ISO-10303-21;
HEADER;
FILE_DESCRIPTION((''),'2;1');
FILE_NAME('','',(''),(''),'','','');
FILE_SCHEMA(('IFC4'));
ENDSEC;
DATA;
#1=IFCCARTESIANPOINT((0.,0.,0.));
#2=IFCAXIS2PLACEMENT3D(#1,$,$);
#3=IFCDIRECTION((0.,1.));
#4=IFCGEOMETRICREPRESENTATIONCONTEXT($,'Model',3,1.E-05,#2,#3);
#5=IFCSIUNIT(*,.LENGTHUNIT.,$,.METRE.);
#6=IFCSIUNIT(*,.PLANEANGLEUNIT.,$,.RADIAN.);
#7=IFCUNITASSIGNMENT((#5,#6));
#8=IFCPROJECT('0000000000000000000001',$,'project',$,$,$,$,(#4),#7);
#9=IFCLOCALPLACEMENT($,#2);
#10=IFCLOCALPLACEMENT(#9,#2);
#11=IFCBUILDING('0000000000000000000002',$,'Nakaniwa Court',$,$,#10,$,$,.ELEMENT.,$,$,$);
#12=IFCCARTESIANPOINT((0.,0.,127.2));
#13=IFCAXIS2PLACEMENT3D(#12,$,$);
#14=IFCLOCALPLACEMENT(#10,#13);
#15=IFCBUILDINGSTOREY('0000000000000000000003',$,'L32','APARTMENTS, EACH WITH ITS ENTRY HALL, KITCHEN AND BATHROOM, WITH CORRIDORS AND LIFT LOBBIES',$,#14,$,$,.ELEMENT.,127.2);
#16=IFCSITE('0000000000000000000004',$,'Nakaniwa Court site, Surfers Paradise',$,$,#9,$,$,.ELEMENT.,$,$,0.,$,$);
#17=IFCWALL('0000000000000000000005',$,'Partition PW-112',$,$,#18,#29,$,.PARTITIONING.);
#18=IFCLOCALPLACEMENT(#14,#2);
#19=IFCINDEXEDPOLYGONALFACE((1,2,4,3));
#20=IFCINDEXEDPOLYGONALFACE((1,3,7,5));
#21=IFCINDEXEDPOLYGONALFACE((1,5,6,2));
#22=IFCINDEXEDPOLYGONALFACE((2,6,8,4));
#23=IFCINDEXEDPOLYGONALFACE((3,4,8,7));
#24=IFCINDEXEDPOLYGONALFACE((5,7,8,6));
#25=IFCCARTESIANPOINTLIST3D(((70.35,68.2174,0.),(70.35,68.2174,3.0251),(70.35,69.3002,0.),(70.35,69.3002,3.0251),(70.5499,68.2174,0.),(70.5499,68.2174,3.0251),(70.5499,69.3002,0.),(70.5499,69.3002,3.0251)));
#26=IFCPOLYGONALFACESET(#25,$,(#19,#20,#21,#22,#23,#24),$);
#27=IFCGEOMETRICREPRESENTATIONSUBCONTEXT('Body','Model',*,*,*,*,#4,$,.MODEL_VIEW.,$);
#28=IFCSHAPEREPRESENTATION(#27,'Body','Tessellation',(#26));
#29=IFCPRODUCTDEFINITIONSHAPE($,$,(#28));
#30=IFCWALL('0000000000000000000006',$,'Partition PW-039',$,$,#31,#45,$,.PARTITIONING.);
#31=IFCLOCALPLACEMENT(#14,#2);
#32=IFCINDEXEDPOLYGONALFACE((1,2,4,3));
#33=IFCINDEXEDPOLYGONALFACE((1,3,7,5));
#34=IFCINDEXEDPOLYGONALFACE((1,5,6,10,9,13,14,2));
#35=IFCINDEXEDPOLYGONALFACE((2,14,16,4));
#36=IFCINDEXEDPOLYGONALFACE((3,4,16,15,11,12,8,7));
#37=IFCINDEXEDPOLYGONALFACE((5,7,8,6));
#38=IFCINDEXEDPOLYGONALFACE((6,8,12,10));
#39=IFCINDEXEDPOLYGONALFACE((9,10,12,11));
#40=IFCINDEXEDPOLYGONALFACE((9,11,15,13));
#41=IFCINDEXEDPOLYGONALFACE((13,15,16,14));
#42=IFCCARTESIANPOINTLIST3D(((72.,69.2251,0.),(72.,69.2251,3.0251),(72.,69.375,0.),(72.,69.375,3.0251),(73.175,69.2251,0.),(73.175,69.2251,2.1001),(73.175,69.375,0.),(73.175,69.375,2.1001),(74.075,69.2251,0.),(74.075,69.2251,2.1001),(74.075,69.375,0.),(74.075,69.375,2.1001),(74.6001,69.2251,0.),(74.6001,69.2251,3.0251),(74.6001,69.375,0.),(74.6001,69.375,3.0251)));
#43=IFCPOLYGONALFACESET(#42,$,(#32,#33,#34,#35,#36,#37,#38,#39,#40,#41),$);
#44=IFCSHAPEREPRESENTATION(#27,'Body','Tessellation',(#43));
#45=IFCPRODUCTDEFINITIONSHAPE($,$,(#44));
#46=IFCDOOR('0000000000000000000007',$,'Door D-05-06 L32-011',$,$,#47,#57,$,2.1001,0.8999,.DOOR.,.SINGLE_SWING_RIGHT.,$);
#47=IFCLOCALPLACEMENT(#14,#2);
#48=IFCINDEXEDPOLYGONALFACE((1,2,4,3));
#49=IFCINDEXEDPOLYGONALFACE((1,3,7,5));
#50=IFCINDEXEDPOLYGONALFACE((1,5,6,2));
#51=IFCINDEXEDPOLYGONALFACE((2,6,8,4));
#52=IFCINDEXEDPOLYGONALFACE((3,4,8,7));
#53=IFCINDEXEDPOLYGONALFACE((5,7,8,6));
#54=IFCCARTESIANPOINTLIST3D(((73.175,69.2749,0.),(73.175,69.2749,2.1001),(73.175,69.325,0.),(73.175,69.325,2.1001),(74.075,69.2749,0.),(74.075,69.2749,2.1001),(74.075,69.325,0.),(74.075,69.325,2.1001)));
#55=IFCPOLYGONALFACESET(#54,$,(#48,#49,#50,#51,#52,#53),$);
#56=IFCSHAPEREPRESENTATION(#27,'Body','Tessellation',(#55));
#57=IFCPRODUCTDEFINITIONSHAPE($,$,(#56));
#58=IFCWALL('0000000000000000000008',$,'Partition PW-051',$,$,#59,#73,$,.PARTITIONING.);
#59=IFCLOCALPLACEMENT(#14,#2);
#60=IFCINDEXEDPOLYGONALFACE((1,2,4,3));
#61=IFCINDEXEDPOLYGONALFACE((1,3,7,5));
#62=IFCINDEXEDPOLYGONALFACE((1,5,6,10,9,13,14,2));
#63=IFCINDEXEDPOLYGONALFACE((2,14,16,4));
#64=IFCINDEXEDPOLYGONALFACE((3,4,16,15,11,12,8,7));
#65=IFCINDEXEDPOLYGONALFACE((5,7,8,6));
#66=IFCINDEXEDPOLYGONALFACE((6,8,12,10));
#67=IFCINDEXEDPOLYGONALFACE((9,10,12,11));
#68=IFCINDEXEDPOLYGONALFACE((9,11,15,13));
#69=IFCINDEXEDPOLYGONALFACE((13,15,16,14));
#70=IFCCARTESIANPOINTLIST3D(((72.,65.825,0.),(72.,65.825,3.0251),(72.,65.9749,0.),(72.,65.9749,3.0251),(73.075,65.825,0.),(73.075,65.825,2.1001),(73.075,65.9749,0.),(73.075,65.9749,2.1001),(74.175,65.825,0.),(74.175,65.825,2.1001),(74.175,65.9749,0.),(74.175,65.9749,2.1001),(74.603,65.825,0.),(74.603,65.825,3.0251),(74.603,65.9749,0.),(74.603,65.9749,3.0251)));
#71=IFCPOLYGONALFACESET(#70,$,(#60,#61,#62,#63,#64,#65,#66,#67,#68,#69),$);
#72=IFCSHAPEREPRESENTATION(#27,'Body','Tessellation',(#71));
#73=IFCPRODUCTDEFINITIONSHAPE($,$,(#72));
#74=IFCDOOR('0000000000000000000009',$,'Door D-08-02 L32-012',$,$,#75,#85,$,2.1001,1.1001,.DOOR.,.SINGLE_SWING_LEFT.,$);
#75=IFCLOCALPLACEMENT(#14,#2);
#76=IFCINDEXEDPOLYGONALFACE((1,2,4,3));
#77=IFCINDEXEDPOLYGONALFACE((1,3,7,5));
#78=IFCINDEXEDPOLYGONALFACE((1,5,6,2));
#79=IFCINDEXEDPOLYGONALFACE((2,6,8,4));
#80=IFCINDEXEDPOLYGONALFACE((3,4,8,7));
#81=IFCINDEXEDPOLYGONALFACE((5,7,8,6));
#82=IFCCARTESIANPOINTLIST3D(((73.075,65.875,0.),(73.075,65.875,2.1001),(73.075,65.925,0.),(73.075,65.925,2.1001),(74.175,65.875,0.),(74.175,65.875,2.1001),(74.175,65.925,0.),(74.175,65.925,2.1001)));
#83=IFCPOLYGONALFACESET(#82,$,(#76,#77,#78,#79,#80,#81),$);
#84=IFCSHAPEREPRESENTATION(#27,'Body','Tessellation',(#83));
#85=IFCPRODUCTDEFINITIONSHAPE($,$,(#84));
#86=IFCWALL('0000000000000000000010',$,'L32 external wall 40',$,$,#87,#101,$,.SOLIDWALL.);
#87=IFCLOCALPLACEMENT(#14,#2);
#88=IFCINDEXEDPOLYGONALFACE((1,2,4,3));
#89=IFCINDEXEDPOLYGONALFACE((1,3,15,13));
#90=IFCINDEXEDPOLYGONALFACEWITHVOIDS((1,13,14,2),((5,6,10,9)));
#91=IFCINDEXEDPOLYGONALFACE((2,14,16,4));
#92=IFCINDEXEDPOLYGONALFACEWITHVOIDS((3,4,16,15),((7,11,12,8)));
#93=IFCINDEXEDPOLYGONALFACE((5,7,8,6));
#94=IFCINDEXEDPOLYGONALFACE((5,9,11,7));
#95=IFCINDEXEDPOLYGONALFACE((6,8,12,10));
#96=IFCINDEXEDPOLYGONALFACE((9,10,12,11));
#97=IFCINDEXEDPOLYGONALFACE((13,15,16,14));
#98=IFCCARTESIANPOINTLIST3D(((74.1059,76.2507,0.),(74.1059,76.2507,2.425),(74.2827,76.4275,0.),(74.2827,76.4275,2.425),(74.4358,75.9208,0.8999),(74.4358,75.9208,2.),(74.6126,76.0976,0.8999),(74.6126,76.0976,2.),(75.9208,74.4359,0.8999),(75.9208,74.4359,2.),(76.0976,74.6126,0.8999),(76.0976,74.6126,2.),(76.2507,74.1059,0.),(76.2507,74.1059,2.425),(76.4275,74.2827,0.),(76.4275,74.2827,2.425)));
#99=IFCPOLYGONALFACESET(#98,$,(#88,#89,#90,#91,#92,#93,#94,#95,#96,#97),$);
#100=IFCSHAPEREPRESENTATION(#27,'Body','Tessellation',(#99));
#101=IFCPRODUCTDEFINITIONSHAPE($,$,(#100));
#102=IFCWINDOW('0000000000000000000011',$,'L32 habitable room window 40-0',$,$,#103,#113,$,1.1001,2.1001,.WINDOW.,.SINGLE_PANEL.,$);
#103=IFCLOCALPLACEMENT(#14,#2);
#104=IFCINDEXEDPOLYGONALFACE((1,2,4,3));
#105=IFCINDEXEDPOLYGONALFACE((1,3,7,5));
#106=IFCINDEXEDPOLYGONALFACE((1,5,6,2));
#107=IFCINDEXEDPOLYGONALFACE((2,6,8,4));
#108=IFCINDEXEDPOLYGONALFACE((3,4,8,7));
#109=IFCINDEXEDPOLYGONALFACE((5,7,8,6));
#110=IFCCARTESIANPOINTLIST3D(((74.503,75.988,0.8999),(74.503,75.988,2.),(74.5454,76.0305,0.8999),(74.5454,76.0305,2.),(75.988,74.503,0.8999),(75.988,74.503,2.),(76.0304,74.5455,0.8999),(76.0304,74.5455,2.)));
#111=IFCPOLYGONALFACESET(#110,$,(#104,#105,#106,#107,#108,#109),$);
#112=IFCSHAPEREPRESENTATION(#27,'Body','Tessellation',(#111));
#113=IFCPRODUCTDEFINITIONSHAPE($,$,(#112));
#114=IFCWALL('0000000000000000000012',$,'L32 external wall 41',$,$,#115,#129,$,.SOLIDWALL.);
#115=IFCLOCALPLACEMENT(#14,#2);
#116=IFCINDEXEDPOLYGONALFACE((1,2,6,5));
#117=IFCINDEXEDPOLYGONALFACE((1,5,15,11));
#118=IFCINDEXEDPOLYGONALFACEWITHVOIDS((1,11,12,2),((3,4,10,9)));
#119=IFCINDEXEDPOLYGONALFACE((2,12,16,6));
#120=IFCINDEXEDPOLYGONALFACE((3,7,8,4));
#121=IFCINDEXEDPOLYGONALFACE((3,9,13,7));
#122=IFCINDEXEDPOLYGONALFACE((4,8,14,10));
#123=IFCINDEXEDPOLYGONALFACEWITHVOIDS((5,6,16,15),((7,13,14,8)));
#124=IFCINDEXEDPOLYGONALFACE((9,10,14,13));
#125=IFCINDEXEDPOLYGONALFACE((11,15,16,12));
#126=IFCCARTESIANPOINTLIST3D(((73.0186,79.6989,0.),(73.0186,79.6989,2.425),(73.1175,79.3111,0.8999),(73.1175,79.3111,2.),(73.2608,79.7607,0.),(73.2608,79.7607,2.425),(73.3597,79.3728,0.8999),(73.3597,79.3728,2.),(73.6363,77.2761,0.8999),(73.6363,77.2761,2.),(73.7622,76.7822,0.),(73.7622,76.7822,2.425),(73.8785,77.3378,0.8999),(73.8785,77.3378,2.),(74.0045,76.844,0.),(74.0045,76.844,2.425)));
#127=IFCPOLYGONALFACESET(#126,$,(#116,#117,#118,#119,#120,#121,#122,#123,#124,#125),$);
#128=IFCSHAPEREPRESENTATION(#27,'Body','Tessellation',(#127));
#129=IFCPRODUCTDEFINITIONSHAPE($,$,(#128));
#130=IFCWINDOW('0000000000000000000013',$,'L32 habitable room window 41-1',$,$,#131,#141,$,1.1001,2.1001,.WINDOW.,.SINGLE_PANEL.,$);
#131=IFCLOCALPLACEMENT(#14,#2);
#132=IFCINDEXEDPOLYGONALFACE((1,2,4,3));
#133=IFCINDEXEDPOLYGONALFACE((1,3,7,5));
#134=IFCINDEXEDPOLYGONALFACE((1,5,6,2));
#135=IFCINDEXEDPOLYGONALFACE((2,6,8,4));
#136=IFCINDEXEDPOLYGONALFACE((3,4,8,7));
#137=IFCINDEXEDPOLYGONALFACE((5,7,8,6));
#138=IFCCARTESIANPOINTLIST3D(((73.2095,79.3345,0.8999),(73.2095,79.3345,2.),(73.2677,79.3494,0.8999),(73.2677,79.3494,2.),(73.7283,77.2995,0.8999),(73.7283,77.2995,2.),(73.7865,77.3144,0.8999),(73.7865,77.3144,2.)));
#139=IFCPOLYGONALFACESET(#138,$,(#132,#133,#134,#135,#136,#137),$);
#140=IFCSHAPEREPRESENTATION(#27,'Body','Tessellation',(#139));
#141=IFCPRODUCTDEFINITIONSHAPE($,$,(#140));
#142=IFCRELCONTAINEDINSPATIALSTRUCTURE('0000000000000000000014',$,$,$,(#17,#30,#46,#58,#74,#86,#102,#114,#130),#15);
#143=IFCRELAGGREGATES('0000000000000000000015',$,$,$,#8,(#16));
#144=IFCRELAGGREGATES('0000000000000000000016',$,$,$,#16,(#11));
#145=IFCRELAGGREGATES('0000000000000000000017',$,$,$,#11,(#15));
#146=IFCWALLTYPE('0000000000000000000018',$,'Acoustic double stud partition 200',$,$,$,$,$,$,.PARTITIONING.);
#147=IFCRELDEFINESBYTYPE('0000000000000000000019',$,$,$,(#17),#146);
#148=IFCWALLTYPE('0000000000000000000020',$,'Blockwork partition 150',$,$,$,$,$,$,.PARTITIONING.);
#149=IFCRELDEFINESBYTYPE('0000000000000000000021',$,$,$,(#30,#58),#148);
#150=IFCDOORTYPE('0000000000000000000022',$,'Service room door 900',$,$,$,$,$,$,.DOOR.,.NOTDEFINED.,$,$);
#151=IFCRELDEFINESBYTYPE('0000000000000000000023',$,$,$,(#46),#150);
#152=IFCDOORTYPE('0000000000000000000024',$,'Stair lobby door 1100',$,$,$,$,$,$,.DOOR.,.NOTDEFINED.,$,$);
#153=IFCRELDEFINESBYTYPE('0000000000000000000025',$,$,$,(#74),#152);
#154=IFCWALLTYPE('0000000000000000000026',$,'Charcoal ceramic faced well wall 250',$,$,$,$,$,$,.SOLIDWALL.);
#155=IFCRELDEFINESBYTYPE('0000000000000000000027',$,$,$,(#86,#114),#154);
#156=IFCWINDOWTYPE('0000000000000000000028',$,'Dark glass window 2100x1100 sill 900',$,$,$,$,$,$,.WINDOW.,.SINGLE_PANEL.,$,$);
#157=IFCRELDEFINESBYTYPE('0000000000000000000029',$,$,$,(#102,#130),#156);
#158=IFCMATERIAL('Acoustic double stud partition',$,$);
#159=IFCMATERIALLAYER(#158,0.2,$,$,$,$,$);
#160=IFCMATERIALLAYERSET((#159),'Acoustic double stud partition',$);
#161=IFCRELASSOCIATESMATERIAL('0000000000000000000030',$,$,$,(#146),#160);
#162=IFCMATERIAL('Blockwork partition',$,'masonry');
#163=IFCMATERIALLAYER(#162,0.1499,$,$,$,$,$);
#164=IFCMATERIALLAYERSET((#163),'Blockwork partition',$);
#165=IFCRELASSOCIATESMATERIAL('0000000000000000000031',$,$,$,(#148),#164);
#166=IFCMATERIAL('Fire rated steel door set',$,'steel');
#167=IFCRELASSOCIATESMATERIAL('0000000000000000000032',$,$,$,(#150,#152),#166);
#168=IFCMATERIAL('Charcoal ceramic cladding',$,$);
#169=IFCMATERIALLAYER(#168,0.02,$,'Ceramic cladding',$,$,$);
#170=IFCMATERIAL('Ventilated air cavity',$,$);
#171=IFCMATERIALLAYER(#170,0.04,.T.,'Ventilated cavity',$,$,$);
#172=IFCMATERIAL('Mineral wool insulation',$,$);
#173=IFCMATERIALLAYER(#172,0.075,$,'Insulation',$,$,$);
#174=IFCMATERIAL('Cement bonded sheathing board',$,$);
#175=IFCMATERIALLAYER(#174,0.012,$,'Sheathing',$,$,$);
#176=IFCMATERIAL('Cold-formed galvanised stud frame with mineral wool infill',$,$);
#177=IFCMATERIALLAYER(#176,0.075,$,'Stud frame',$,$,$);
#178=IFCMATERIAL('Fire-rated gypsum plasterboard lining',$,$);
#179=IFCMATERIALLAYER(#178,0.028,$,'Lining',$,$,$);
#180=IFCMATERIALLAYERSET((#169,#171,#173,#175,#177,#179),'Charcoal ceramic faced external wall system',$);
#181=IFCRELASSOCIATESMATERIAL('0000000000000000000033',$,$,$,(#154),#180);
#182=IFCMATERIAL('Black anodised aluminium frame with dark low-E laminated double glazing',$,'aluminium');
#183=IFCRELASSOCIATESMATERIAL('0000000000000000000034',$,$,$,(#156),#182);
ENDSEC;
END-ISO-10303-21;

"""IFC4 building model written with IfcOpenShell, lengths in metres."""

from ifc_helpers import new_model, si_unit, direction, frame, frame_2d, origin, place, context, subcontext, project, spatial, rectangle, extrude, material, layer, layer_set, type_object, element, fill, save


model = new_model("IFC4")

# Units and contexts
model_context = context("Model", 3, precision=1e-05, world=origin(), true_north=direction((0.0, 1.0)))
body_context = subcontext(model_context, "Body", "Model", "MODEL_VIEW")
ifc_project = project(units=[si_unit("LENGTHUNIT", "METRE"), si_unit("PLANEANGLEUNIT", "RADIAN")], contexts=[model_context])

# Site, building, storey
site_placement = place(None, origin())
site = spatial("IfcSite", under=ifc_project, at=site_placement, Name="Nakaniwa Court site, Surfers Paradise", CompositionType="ELEMENT", RefElevation=0.0)
building_placement = place(site_placement, origin())
building = spatial("IfcBuilding", under=site, at=building_placement, Name="Nakaniwa Court", CompositionType="ELEMENT")
storey_placement = place(building_placement, frame((0.0, 0.0, 127.2)))
storey = spatial("IfcBuildingStorey", under=building, at=storey_placement, Name="L32", Description="APARTMENTS, EACH WITH ITS ENTRY HALL, KITCHEN AND BATHROOM, WITH CORRIDORS AND LIFT LOBBIES", CompositionType="ELEMENT", Elevation=127.2)

# Wall
ifc_material_1 = material(Name="Acoustic double stud partition")
ifc_layer_1 = layer(ifc_material_1, 0.2)
ifc_layer_set_1 = layer_set([ifc_layer_1], Name="Acoustic double stud partition")
wall_type_1 = type_object("IfcWallType", Name="Acoustic double stud partition 200", PredefinedType="PARTITIONING", material=ifc_layer_set_1)
wall_1_placement = place(storey_placement, frame((70.45, 68.2173, 0.0), z_axis=(0.0, 0.0, 1.0), x_axis=(0.0, 1.0, 0.0)))
element("IfcWall", 1, at=wall_1_placement, inside=storey, type_object=wall_type_1, Name="Partition PW-112", PredefinedType="PARTITIONING", context=body_context, shape_type="SweptSolid", body=[
    extrude(rectangle(XDim=1.0828, YDim=0.2, at=frame_2d((0.5415, 0.0))), origin(), (0.0, 0.0, 1.0), 3.0251),
])

# Walls, openings, doors
ifc_material_2 = material(Name="Blockwork partition", Category="masonry")
ifc_layer_2 = layer(ifc_material_2, 0.1499)
ifc_layer_set_2 = layer_set([ifc_layer_2], Name="Blockwork partition")
wall_type_2 = type_object("IfcWallType", Name="Blockwork partition 150", PredefinedType="PARTITIONING", material=ifc_layer_set_2)
wall_2_placement = place(storey_placement, frame((72.0, 69.3, 0.0), z_axis=(0.0, 0.0, 1.0), x_axis=(1.0, 0.0, 0.0)))
wall_2 = element("IfcWall", 2, at=wall_2_placement, inside=storey, type_object=wall_type_2, Name="Partition PW-039", PredefinedType="PARTITIONING", context=body_context, shape_type="SweptSolid", body=[
    extrude(rectangle(XDim=2.6001, YDim=0.1499, at=frame_2d((1.3, 0.0))), origin(), (0.0, 0.0, 1.0), 3.0251),
])
opening_1_placement = place(wall_2_placement, frame((1.175, 0.0, 0.0)))
opening_1 = element("IfcOpeningElement", 3, at=opening_1_placement, cuts=wall_2, PredefinedType="OPENING", context=body_context, shape_type="SweptSolid", body=[
    extrude(rectangle(XDim=0.8999, YDim=2.1001, at=frame_2d((0.45, 1.05))), frame((0.0, 0.085, 0.0), z_axis=(0.0, -1.0, 0.0), x_axis=(1.0, 0.0, 0.0)), (0.0, 0.0, 1.0), 0.1699),
])
ifc_material_3 = material(Name="Fire rated steel door set", Category="steel")
door_type_1 = type_object("IfcDoorType", Name="Service room door 900", OperationType="NOTDEFINED", PredefinedType="DOOR", material=ifc_material_3)
door_1_placement = place(opening_1_placement, origin())
door_1 = element("IfcDoor", 4, at=door_1_placement, inside=storey, type_object=door_type_1, Name="Door D-05-06 L32-011", OperationType="SINGLE_SWING_RIGHT", OverallHeight=2.1001, OverallWidth=0.8999, PredefinedType="DOOR", context=body_context, shape_type="SweptSolid", body=[
    extrude(rectangle(XDim=0.8999, YDim=2.1001, at=frame_2d((0.45, 1.05))), frame((0.0, 0.0249, 0.0), z_axis=(0.0, -1.0, 0.0), x_axis=(1.0, 0.0, 0.0)), (0.0, 0.0, 1.0), 0.05),
])
fill(opening_1, door_1)
wall_3_placement = place(storey_placement, frame((74.603, 65.8999, 0.0), z_axis=(0.0, 0.0, 1.0), x_axis=(-1.0, 0.0, 0.0)))
wall_3 = element("IfcWall", 5, at=wall_3_placement, inside=storey, type_object=wall_type_2, Name="Partition PW-051", PredefinedType="PARTITIONING", context=body_context, shape_type="SweptSolid", body=[
    extrude(rectangle(XDim=2.603, YDim=0.1499, at=frame_2d((1.3015, 0.0))), origin(), (0.0, 0.0, 1.0), 3.0251),
])
opening_2_placement = place(wall_3_placement, frame((0.428, 0.0, 0.0)))
opening_2 = element("IfcOpeningElement", 6, at=opening_2_placement, cuts=wall_3, PredefinedType="OPENING", context=body_context, shape_type="SweptSolid", body=[
    extrude(rectangle(XDim=1.1001, YDim=2.1001, at=frame_2d((0.55, 1.05))), frame((0.0, 0.085, 0.0), z_axis=(0.0, -1.0, 0.0), x_axis=(1.0, 0.0, 0.0)), (0.0, 0.0, 1.0), 0.1699),
])
door_type_2 = type_object("IfcDoorType", Name="Stair lobby door 1100", OperationType="NOTDEFINED", PredefinedType="DOOR", material=ifc_material_3)
door_2_placement = place(opening_2_placement, origin())
door_2 = element("IfcDoor", 7, at=door_2_placement, inside=storey, type_object=door_type_2, Name="Door D-08-02 L32-012", OperationType="SINGLE_SWING_LEFT", OverallHeight=2.1001, OverallWidth=1.1001, PredefinedType="DOOR", context=body_context, shape_type="SweptSolid", body=[
    extrude(rectangle(XDim=1.1001, YDim=2.1001, at=frame_2d((0.55, 1.05))), frame((0.0, 0.0249, 0.0), z_axis=(0.0, -1.0, 0.0), x_axis=(1.0, 0.0, 0.0)), (0.0, 0.0, 1.0), 0.05),
])
fill(opening_2, door_2)

# Walls, openings, windows
ifc_material_4 = material(Name="Charcoal ceramic cladding")
ifc_layer_3 = layer(ifc_material_4, 0.02, Name="Ceramic cladding")
ifc_material_5 = material(Name="Ventilated air cavity")
ifc_layer_4 = layer(ifc_material_5, 0.04, ventilated=True, Name="Ventilated cavity")
ifc_material_6 = material(Name="Mineral wool insulation")
ifc_layer_5 = layer(ifc_material_6, 0.075, Name="Insulation")
ifc_material_7 = material(Name="Cement bonded sheathing board")
ifc_layer_6 = layer(ifc_material_7, 0.012, Name="Sheathing")
ifc_material_8 = material(Name="Cold-formed galvanised stud frame with mineral wool infill")
ifc_layer_7 = layer(ifc_material_8, 0.075, Name="Stud frame")
ifc_material_9 = material(Name="Fire-rated gypsum plasterboard lining")
ifc_layer_8 = layer(ifc_material_9, 0.028, Name="Lining")
ifc_layer_set_3 = layer_set([ifc_layer_3, ifc_layer_4, ifc_layer_5, ifc_layer_6, ifc_layer_7, ifc_layer_8], Name="Charcoal ceramic faced external wall system")
wall_type_3 = type_object("IfcWallType", Name="Charcoal ceramic faced well wall 250", PredefinedType="SOLIDWALL", material=ifc_layer_set_3)
wall_4_placement = place(storey_placement, frame((76.3391, 74.1943, 0.0), z_axis=(0.0, 0.0, 1.0), x_axis=(-0.707107, 0.707107, 0.0)))
wall_4 = element("IfcWall", 8, at=wall_4_placement, inside=storey, type_object=wall_type_3, Name="L32 external wall 40", PredefinedType="SOLIDWALL", context=body_context, shape_type="SweptSolid", body=[
    extrude(rectangle(XDim=3.0332, YDim=0.25, at=frame_2d((1.5166, 0.0))), origin(), (0.0, 0.0, 1.0), 2.425),
])
opening_3_placement = place(wall_4_placement, frame((0.4666, 0.0, 0.8999)))
opening_3 = element("IfcOpeningElement", 9, at=opening_3_placement, cuts=wall_4, PredefinedType="OPENING", context=body_context, shape_type="SweptSolid", body=[
    extrude(rectangle(XDim=2.1001, YDim=1.1001, at=frame_2d((1.05, 0.55))), frame((0.0, 0.135, 0.0), z_axis=(0.0, -1.0, 0.0), x_axis=(1.0, 0.0, 0.0)), (0.0, 0.0, 1.0), 0.27),
])
ifc_material_10 = material(Name="Black anodised aluminium frame with dark low-E laminated double glazing", Category="aluminium")
window_type = type_object("IfcWindowType", Name="Dark glass window 2100x1100 sill 900", PartitioningType="SINGLE_PANEL", PredefinedType="WINDOW", material=ifc_material_10)
window_1_placement = place(opening_3_placement, origin())
window_1 = element("IfcWindow", 10, at=window_1_placement, inside=storey, type_object=window_type, Name="L32 habitable room window 40-0", OverallHeight=1.1001, OverallWidth=2.1001, PartitioningType="SINGLE_PANEL", PredefinedType="WINDOW", context=body_context, shape_type="SweptSolid", body=[
    extrude(rectangle(XDim=2.1001, YDim=1.1001, at=frame_2d((1.05, 0.55))), frame((0.0, 0.03, 0.0), z_axis=(0.0, -1.0, 0.0), x_axis=(1.0, 0.0, 0.0)), (0.0, 0.0, 1.0), 0.0601),
])
fill(opening_3, window_1)
wall_5_placement = place(storey_placement, frame((73.8833, 76.8132, 0.0), z_axis=(0.0, 0.0, 1.0), x_axis=(-0.247056, 0.969001, 0.0)))
wall_5 = element("IfcWall", 11, at=wall_5_placement, inside=storey, type_object=wall_type_3, Name="L32 external wall 41", PredefinedType="SOLIDWALL", context=body_context, shape_type="SweptSolid", body=[
    extrude(rectangle(XDim=3.01, YDim=0.25, at=frame_2d((1.5049, 0.0))), origin(), (0.0, 0.0, 1.0), 2.425),
])
opening_4_placement = place(wall_5_placement, frame((0.5095, 0.0, 0.8999)))
opening_4 = element("IfcOpeningElement", 12, at=opening_4_placement, cuts=wall_5, PredefinedType="OPENING", context=body_context, shape_type="SweptSolid", body=[
    extrude(rectangle(XDim=2.1001, YDim=1.1001, at=frame_2d((1.05, 0.55))), frame((0.0, 0.135, 0.0), z_axis=(0.0, -1.0, 0.0), x_axis=(1.0, 0.0, 0.0)), (0.0, 0.0, 1.0), 0.27),
])
window_2_placement = place(opening_4_placement, origin())
window_2 = element("IfcWindow", 13, at=window_2_placement, inside=storey, type_object=window_type, Name="L32 habitable room window 41-1", OverallHeight=1.1001, OverallWidth=2.1001, PartitioningType="SINGLE_PANEL", PredefinedType="WINDOW", context=body_context, shape_type="SweptSolid", body=[
    extrude(rectangle(XDim=2.1001, YDim=1.1001, at=frame_2d((1.05, 0.55))), frame((0.0, 0.03, 0.0), z_axis=(0.0, -1.0, 0.0), x_axis=(1.0, 0.0, 0.0)), (0.0, 0.0, 1.0), 0.0601),
])
fill(opening_4, window_2)

save(model, "model.ifc")
